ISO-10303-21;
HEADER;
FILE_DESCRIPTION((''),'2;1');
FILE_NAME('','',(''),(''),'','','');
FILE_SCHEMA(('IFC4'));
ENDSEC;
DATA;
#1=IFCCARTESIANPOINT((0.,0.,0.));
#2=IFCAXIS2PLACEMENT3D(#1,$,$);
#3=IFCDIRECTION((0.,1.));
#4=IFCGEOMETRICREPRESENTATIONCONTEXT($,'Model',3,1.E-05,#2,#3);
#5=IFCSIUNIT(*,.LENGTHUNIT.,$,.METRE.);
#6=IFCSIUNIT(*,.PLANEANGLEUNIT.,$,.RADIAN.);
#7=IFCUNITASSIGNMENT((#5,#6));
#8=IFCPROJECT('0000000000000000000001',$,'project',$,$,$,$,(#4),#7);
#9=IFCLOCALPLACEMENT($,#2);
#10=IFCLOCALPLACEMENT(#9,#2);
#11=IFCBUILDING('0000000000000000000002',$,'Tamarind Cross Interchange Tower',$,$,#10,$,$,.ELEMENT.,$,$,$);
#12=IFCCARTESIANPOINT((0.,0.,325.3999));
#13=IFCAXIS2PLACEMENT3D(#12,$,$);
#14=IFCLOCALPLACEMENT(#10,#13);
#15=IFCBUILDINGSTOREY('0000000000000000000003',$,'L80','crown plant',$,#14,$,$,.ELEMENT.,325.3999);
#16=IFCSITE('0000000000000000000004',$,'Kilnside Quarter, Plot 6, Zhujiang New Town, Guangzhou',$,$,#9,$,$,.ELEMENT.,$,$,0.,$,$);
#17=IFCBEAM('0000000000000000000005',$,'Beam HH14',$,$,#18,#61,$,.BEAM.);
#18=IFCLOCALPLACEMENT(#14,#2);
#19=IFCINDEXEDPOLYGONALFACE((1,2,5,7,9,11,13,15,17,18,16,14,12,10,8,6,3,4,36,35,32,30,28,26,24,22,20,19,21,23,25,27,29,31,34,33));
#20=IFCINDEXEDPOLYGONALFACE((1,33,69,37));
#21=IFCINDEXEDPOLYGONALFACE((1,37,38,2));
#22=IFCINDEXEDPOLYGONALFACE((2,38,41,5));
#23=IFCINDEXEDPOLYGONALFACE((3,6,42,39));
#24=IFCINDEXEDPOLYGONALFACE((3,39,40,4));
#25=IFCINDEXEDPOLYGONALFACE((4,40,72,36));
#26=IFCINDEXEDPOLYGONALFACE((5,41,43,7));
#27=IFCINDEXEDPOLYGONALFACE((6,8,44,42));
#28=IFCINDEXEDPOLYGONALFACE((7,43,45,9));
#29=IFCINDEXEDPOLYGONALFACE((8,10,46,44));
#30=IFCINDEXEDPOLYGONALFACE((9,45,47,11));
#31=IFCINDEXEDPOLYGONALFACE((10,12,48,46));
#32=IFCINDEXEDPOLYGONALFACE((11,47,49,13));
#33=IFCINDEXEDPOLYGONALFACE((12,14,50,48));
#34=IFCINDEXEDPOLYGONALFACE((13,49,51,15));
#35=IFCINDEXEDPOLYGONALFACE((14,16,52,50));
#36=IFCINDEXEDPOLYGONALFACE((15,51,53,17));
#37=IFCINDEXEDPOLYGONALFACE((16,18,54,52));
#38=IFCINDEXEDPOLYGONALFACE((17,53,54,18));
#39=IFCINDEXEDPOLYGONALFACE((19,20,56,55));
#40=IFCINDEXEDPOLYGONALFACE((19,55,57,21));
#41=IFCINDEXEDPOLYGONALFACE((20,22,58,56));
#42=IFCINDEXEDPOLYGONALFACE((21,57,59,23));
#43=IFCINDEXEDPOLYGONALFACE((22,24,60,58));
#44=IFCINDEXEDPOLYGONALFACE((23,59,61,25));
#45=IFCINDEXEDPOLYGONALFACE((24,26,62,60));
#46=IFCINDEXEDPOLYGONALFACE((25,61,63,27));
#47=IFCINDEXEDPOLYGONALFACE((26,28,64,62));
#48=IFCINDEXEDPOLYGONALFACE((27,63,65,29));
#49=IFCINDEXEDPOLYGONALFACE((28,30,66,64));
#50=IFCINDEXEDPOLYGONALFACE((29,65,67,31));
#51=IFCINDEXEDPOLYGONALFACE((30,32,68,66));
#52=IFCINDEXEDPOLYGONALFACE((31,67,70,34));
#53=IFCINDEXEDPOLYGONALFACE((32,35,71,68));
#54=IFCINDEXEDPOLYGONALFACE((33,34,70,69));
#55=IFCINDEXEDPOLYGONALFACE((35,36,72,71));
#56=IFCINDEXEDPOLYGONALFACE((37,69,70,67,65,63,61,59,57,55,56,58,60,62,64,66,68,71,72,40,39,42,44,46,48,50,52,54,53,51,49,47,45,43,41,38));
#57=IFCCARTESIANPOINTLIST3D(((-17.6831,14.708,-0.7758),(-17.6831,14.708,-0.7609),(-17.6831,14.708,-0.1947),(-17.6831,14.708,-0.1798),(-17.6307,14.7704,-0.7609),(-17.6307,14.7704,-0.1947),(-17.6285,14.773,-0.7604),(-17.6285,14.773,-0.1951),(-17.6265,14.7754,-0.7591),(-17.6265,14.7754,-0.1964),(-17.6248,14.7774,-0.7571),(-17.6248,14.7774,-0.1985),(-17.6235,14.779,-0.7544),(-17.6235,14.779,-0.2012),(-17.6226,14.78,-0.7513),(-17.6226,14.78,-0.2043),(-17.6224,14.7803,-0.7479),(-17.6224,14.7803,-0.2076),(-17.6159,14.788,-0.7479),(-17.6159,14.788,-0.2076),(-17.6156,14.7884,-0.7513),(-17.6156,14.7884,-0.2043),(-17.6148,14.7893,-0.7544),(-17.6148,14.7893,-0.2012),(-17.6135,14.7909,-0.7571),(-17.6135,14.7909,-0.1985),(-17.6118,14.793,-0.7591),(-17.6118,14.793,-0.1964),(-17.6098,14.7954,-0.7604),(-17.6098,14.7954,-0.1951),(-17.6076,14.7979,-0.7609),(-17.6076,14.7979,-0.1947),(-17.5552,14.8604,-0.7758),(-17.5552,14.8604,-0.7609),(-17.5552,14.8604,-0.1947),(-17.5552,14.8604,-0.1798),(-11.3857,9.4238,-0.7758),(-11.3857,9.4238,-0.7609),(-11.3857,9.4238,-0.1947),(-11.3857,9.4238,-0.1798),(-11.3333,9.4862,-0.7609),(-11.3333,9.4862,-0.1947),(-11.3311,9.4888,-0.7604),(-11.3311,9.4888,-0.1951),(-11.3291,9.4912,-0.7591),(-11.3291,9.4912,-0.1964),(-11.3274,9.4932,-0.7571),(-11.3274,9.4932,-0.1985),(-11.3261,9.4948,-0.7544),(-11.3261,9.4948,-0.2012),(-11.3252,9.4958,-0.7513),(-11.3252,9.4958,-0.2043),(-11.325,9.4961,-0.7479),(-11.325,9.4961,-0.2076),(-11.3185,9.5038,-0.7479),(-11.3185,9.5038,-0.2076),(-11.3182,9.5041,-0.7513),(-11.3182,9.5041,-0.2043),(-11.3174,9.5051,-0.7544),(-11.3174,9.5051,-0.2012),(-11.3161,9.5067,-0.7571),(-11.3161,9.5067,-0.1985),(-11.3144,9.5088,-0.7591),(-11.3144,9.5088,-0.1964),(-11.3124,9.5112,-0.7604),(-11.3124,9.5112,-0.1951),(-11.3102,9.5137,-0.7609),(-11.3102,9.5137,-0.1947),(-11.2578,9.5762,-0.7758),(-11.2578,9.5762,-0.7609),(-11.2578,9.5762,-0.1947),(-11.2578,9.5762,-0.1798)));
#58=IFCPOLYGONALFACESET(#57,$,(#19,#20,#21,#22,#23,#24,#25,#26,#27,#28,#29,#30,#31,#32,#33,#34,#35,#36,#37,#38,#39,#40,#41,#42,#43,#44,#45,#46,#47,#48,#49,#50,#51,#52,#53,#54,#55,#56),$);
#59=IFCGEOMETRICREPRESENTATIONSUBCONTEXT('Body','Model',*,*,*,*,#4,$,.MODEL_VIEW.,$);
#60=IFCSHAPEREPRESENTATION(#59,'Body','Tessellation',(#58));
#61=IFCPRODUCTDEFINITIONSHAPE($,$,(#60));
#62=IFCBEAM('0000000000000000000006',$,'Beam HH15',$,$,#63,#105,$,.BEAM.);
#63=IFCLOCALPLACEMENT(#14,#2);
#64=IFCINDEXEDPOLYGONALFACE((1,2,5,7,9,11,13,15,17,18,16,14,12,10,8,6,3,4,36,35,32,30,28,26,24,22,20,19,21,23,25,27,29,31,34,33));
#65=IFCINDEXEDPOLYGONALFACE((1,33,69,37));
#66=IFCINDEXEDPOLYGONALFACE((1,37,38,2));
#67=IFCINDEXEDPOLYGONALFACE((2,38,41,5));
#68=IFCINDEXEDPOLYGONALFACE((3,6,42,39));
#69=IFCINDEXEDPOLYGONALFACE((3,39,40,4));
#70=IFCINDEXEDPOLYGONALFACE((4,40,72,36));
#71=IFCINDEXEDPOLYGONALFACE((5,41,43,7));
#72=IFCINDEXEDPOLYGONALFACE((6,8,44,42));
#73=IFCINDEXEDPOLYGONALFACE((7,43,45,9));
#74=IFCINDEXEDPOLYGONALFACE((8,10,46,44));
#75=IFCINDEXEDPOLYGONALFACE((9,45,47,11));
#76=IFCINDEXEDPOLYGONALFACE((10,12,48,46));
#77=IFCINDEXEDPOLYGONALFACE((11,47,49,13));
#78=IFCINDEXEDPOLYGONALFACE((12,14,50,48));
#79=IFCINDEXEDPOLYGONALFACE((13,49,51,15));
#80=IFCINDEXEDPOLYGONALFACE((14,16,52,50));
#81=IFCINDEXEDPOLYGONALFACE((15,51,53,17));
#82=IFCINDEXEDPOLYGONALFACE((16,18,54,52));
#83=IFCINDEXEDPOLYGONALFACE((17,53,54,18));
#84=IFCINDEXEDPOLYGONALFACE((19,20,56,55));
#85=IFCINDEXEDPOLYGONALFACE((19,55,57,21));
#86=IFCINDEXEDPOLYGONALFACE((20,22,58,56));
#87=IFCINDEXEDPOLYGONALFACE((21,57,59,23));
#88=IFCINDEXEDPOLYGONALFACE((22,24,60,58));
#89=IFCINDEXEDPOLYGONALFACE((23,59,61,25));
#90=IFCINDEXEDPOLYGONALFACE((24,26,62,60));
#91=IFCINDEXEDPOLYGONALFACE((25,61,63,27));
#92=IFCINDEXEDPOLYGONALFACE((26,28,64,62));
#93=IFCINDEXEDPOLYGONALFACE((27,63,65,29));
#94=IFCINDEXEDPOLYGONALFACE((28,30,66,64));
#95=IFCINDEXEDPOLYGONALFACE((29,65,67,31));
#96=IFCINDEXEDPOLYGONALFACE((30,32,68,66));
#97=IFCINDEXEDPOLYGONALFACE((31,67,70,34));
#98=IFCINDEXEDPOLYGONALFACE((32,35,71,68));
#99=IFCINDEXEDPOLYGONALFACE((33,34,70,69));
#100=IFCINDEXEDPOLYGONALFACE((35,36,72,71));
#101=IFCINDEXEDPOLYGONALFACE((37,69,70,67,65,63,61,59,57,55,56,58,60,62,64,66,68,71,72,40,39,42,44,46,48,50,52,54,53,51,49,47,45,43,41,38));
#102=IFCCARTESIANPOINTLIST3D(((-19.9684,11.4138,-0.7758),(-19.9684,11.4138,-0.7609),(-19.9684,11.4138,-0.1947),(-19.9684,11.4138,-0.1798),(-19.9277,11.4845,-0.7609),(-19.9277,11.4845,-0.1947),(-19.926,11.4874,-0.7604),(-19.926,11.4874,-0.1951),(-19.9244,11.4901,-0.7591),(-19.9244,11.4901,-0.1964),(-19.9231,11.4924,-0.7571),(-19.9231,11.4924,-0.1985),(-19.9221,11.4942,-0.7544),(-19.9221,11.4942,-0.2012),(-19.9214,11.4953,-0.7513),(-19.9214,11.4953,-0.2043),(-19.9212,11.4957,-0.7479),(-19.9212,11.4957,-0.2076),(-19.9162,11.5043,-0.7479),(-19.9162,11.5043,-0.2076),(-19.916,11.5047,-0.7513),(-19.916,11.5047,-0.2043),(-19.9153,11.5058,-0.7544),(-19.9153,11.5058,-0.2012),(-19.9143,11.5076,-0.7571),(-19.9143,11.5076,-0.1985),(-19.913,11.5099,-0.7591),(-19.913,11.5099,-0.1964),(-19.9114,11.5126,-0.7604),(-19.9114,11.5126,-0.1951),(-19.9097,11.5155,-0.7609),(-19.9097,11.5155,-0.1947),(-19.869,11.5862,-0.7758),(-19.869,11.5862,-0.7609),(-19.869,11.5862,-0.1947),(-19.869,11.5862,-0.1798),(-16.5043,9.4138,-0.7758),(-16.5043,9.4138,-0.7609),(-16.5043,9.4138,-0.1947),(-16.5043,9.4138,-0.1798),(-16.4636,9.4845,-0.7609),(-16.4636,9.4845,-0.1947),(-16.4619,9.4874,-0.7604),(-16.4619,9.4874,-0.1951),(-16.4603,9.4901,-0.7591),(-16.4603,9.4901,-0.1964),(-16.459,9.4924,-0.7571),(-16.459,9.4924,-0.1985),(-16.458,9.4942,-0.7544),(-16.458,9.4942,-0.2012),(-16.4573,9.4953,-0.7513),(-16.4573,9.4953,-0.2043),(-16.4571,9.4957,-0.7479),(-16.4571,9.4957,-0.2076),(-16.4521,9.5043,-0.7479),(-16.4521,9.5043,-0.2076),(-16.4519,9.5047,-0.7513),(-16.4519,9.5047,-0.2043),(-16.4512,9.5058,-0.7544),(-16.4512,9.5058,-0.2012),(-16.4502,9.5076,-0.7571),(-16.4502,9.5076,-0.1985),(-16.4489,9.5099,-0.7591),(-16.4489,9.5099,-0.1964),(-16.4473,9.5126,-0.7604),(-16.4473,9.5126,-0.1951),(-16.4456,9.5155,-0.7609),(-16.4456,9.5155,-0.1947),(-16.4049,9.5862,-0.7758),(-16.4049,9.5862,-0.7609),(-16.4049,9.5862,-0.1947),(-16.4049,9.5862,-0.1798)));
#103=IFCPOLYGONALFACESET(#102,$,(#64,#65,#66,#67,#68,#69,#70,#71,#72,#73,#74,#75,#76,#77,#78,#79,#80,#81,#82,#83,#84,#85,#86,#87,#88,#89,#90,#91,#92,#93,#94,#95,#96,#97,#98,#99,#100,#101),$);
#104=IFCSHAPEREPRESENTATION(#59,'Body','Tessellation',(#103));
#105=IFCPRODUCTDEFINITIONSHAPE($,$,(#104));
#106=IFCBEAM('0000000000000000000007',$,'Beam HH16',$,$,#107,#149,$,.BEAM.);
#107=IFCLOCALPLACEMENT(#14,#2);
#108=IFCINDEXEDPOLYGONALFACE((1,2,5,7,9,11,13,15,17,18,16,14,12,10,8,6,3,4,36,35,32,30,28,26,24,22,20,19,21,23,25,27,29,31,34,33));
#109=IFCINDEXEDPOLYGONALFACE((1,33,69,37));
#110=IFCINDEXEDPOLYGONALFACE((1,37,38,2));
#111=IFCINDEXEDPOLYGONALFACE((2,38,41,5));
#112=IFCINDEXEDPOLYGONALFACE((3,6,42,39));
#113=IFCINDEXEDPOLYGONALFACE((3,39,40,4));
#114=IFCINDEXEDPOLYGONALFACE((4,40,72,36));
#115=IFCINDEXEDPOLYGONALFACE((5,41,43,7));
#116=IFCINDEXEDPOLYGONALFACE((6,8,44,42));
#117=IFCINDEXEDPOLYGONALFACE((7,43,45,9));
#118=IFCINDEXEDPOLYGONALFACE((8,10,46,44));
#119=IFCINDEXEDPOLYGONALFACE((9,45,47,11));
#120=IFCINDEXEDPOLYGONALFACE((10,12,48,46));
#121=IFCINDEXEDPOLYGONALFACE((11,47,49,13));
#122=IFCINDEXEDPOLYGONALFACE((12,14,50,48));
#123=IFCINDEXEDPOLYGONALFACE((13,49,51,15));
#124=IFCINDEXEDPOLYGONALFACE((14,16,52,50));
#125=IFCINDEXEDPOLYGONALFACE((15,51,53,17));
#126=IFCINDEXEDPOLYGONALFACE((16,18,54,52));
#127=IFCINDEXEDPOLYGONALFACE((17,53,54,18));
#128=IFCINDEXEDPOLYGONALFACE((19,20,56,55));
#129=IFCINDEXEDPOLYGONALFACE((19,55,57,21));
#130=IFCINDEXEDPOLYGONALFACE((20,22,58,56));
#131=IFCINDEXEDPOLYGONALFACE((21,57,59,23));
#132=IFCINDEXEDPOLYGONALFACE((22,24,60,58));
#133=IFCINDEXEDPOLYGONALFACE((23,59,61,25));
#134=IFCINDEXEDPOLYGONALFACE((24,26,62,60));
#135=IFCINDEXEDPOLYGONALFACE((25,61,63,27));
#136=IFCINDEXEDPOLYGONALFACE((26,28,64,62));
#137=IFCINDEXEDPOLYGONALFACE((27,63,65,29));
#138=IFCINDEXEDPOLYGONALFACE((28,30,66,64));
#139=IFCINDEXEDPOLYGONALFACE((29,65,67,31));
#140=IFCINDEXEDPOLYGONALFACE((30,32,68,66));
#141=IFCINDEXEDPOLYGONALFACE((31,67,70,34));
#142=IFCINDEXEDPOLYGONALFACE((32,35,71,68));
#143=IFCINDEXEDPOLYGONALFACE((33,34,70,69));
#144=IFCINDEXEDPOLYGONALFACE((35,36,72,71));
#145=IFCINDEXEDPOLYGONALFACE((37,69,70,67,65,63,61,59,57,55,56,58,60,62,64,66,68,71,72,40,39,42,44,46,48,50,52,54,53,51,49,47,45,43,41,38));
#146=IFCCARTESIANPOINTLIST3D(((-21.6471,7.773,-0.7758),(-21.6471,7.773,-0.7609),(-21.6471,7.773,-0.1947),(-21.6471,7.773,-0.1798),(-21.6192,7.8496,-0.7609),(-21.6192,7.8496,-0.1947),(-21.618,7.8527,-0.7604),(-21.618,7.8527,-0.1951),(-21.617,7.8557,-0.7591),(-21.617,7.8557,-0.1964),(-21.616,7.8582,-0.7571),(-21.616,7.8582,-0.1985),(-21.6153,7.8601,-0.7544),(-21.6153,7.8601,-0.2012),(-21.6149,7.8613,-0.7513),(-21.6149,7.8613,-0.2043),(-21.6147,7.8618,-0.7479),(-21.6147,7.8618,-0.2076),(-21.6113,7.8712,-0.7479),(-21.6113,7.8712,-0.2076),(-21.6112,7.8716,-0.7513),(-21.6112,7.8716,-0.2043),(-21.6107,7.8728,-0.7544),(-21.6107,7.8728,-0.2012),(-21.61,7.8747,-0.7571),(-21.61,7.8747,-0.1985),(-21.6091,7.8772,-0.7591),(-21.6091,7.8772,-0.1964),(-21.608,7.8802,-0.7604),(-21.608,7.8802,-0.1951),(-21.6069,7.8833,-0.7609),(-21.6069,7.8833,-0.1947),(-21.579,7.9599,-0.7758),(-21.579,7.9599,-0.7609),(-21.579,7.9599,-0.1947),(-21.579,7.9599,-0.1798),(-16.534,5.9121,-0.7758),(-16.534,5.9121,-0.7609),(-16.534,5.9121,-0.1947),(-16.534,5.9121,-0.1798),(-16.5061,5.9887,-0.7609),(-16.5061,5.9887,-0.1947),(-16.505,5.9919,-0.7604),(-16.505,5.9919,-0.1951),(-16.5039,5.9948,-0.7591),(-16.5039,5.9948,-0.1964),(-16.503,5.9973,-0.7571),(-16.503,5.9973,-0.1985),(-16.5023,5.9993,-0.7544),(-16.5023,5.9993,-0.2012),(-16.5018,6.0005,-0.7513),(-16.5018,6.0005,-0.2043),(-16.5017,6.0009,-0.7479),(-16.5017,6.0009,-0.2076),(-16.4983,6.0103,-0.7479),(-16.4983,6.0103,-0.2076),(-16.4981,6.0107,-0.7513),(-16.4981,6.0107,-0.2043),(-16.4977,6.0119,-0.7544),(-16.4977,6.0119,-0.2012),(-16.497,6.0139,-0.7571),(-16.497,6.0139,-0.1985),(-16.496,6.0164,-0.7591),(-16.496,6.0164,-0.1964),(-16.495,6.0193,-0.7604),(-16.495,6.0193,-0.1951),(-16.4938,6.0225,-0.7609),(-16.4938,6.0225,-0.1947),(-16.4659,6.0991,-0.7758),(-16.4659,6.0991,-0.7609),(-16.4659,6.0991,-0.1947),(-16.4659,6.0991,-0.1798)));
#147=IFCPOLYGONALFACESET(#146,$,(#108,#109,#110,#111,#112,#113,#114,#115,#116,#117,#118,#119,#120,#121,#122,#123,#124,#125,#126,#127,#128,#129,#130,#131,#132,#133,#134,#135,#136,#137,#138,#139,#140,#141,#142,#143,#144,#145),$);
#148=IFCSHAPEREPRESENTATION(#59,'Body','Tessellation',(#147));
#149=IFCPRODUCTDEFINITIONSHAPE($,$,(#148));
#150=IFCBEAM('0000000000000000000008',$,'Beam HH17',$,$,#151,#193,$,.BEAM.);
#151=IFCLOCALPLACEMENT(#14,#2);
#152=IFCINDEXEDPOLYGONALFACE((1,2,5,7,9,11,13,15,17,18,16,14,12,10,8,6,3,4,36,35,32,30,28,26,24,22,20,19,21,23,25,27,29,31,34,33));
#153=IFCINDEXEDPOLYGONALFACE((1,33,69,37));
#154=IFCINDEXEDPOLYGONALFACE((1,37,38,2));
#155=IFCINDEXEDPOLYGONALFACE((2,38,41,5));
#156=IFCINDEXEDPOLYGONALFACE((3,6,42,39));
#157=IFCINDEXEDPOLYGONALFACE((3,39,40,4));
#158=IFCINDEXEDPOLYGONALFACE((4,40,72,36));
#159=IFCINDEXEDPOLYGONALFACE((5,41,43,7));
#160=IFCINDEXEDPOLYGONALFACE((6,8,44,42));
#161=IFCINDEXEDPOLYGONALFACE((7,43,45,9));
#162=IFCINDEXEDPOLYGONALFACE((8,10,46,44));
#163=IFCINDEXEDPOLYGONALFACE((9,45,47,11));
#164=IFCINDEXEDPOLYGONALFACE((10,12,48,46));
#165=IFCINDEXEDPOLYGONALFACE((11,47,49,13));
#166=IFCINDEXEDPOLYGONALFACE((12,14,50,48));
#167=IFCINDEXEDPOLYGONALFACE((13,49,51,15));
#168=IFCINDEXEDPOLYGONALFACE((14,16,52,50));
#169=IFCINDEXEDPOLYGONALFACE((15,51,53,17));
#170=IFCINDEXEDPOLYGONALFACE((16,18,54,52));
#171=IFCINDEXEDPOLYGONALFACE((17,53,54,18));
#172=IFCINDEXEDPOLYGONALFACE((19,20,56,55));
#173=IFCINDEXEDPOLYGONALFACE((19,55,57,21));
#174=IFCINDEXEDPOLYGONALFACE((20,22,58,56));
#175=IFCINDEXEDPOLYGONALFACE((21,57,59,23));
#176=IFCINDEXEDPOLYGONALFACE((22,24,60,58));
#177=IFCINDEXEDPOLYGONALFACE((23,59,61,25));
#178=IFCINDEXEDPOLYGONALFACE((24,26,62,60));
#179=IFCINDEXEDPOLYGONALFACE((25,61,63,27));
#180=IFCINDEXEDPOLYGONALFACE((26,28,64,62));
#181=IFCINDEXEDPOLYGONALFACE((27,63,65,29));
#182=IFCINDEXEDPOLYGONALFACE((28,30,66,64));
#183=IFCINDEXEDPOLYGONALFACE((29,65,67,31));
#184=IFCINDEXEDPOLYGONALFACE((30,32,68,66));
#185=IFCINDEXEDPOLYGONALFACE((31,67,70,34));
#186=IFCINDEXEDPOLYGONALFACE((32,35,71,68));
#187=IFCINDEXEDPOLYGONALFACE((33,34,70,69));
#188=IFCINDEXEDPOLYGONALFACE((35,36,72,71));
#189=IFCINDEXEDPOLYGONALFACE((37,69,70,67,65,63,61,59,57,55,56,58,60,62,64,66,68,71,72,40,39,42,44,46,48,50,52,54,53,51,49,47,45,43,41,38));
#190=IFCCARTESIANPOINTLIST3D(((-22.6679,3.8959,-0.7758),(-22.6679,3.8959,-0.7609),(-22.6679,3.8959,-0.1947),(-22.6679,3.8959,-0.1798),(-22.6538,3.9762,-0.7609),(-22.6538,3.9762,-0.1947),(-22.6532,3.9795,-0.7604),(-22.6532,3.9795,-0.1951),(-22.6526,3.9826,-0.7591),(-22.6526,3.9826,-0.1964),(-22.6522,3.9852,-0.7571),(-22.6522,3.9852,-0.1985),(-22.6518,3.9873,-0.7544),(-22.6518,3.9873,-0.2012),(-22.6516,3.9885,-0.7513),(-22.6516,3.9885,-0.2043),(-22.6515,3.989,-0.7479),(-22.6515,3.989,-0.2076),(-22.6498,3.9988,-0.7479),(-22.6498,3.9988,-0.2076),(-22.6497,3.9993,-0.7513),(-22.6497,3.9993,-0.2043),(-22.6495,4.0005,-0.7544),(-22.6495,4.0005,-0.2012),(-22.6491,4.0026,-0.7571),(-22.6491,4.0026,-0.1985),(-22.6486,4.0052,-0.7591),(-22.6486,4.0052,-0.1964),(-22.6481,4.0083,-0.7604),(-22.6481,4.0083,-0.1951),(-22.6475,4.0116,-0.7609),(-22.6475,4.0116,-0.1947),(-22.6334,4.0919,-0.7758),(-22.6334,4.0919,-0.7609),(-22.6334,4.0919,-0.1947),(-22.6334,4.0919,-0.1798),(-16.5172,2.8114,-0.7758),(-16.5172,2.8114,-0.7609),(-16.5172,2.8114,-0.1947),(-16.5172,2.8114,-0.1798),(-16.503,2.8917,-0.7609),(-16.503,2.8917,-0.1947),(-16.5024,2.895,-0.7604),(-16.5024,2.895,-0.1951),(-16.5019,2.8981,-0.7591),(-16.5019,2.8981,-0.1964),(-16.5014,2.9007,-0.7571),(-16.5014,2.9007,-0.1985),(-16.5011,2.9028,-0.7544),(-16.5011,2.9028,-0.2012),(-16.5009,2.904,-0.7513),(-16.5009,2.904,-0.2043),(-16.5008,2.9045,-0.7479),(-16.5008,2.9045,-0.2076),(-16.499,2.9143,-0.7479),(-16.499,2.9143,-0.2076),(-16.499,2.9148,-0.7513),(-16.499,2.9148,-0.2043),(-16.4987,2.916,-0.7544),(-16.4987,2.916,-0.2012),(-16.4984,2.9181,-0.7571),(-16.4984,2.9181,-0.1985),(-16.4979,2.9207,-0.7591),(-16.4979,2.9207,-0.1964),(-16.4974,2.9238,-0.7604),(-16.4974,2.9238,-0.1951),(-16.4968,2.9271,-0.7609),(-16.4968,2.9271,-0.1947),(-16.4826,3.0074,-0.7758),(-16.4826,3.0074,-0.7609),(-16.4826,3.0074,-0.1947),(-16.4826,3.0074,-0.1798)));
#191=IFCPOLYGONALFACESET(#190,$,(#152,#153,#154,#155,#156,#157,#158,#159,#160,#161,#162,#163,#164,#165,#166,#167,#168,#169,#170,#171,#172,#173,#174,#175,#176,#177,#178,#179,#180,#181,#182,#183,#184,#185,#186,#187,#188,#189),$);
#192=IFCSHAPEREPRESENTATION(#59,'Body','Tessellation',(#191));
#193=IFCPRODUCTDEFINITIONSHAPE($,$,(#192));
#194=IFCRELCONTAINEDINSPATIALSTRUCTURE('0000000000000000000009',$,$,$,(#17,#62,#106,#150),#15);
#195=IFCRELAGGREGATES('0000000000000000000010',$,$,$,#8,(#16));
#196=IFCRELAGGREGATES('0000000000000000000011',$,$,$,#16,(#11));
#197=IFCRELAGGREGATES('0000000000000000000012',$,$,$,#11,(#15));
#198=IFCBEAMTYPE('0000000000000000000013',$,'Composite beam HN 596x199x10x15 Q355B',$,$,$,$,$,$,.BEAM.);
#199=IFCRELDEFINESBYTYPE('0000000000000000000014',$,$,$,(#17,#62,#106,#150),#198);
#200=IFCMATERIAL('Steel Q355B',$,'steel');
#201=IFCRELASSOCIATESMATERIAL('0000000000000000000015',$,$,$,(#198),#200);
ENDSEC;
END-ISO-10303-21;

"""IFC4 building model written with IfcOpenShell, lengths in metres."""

from ifc_helpers import new_model, si_unit, direction, frame, origin, origin_2d, place, context, subcontext, project, spatial, i_section, extrude, material, material_profile, profile_set, type_object, element, save


model = new_model("IFC4")

# Units and contexts
model_context = context("Model", 3, precision=1e-05, world=origin(), true_north=direction((0.0, 1.0)))
body_context = subcontext(model_context, "Body", "Model", "MODEL_VIEW")
ifc_project = project(units=[si_unit("LENGTHUNIT", "METRE"), si_unit("PLANEANGLEUNIT", "RADIAN")], contexts=[model_context])

# Site, building, storey
site_placement = place(None, origin())
site = spatial("IfcSite", under=ifc_project, at=site_placement, Name="Kilnside Quarter, Plot 6, Zhujiang New Town, Guangzhou", CompositionType="ELEMENT", RefElevation=0.0)
building_placement = place(site_placement, origin())
building = spatial("IfcBuilding", under=site, at=building_placement, Name="Tamarind Cross Interchange Tower", CompositionType="ELEMENT")
storey_placement = place(building_placement, frame((0.0, 0.0, 325.3999)))
storey = spatial("IfcBuildingStorey", under=building, at=storey_placement, Name="L80", Description="crown plant", CompositionType="ELEMENT", Elevation=325.3999)

# Beams
ifc_material_1 = material(Name="Steel Q355B", Category="steel")
ifc_material_profile_1 = material_profile(ifc_material_1, i_section(OverallWidth=0.199, OverallDepth=0.5959, WebThickness=0.01, FlangeThickness=0.0149, FilletRadius=0.0129, at=origin_2d()), Name="HN 596x199x10x15")
ifc_profile_set_1 = profile_set([ifc_material_profile_1], Name="Steel Q355B")
beam_type_1 = type_object("IfcBeamType", Name="Composite beam HN 596x199x10x15 Q355B", PredefinedType="BEAM", material=ifc_profile_set_1)
beam_1_placement = place(storey_placement, frame((-17.6191, 14.7842, -0.4778), z_axis=(0.766041, -0.642792, 0.0), x_axis=(0.642792, 0.766041, 0.0)))
element("IfcBeam", 1, at=beam_1_placement, inside=storey, type_object=beam_type_1, Name="Beam HH14", PredefinedType="BEAM", context=body_context, shape_type="SweptSolid", body=[
    extrude(i_section(OverallWidth=0.199, OverallDepth=0.5959, WebThickness=0.01, FlangeThickness=0.0149, FilletRadius=0.0129, at=origin_2d()), origin(), (0.0, 0.0, 1.0), 8.2207),
])
beam_2_placement = place(storey_placement, frame((-19.9187, 11.5, -0.4778), z_axis=(0.866026, -0.499999, 0.0), x_axis=(0.499999, 0.866026, 0.0)))
element("IfcBeam", 2, at=beam_2_placement, inside=storey, type_object=beam_type_1, Name="Beam HH15", PredefinedType="BEAM", context=body_context, shape_type="SweptSolid", body=[
    extrude(i_section(OverallWidth=0.199, OverallDepth=0.5959, WebThickness=0.01, FlangeThickness=0.0149, FilletRadius=0.0129, at=origin_2d()), origin(), (0.0, 0.0, 1.0), 4.0),
])
beam_3_placement = place(storey_placement, frame((-21.613, 7.8665, -0.4778), z_axis=(0.939702, -0.341995, 0.0), x_axis=(0.341995, 0.939702, 0.0)))
element("IfcBeam", 3, at=beam_3_placement, inside=storey, type_object=beam_type_1, Name="Beam HH16", PredefinedType="BEAM", context=body_context, shape_type="SweptSolid", body=[
    extrude(i_section(OverallWidth=0.199, OverallDepth=0.5959, WebThickness=0.01, FlangeThickness=0.0149, FilletRadius=0.0129, at=origin_2d()), origin(), (0.0, 0.0, 1.0), 5.4412),
])
beam_4_placement = place(storey_placement, frame((-22.6506, 3.9939, -0.4778), z_axis=(0.984809, -0.17364, 0.0), x_axis=(0.17364, 0.984809, 0.0)))
element("IfcBeam", 4, at=beam_4_placement, inside=storey, type_object=beam_type_1, Name="Beam HH17", PredefinedType="BEAM", context=body_context, shape_type="SweptSolid", body=[
    extrude(i_section(OverallWidth=0.199, OverallDepth=0.5959, WebThickness=0.01, FlangeThickness=0.0149, FilletRadius=0.0129, at=origin_2d()), origin(), (0.0, 0.0, 1.0), 6.2456),
])

save(model, "model.ifc")
